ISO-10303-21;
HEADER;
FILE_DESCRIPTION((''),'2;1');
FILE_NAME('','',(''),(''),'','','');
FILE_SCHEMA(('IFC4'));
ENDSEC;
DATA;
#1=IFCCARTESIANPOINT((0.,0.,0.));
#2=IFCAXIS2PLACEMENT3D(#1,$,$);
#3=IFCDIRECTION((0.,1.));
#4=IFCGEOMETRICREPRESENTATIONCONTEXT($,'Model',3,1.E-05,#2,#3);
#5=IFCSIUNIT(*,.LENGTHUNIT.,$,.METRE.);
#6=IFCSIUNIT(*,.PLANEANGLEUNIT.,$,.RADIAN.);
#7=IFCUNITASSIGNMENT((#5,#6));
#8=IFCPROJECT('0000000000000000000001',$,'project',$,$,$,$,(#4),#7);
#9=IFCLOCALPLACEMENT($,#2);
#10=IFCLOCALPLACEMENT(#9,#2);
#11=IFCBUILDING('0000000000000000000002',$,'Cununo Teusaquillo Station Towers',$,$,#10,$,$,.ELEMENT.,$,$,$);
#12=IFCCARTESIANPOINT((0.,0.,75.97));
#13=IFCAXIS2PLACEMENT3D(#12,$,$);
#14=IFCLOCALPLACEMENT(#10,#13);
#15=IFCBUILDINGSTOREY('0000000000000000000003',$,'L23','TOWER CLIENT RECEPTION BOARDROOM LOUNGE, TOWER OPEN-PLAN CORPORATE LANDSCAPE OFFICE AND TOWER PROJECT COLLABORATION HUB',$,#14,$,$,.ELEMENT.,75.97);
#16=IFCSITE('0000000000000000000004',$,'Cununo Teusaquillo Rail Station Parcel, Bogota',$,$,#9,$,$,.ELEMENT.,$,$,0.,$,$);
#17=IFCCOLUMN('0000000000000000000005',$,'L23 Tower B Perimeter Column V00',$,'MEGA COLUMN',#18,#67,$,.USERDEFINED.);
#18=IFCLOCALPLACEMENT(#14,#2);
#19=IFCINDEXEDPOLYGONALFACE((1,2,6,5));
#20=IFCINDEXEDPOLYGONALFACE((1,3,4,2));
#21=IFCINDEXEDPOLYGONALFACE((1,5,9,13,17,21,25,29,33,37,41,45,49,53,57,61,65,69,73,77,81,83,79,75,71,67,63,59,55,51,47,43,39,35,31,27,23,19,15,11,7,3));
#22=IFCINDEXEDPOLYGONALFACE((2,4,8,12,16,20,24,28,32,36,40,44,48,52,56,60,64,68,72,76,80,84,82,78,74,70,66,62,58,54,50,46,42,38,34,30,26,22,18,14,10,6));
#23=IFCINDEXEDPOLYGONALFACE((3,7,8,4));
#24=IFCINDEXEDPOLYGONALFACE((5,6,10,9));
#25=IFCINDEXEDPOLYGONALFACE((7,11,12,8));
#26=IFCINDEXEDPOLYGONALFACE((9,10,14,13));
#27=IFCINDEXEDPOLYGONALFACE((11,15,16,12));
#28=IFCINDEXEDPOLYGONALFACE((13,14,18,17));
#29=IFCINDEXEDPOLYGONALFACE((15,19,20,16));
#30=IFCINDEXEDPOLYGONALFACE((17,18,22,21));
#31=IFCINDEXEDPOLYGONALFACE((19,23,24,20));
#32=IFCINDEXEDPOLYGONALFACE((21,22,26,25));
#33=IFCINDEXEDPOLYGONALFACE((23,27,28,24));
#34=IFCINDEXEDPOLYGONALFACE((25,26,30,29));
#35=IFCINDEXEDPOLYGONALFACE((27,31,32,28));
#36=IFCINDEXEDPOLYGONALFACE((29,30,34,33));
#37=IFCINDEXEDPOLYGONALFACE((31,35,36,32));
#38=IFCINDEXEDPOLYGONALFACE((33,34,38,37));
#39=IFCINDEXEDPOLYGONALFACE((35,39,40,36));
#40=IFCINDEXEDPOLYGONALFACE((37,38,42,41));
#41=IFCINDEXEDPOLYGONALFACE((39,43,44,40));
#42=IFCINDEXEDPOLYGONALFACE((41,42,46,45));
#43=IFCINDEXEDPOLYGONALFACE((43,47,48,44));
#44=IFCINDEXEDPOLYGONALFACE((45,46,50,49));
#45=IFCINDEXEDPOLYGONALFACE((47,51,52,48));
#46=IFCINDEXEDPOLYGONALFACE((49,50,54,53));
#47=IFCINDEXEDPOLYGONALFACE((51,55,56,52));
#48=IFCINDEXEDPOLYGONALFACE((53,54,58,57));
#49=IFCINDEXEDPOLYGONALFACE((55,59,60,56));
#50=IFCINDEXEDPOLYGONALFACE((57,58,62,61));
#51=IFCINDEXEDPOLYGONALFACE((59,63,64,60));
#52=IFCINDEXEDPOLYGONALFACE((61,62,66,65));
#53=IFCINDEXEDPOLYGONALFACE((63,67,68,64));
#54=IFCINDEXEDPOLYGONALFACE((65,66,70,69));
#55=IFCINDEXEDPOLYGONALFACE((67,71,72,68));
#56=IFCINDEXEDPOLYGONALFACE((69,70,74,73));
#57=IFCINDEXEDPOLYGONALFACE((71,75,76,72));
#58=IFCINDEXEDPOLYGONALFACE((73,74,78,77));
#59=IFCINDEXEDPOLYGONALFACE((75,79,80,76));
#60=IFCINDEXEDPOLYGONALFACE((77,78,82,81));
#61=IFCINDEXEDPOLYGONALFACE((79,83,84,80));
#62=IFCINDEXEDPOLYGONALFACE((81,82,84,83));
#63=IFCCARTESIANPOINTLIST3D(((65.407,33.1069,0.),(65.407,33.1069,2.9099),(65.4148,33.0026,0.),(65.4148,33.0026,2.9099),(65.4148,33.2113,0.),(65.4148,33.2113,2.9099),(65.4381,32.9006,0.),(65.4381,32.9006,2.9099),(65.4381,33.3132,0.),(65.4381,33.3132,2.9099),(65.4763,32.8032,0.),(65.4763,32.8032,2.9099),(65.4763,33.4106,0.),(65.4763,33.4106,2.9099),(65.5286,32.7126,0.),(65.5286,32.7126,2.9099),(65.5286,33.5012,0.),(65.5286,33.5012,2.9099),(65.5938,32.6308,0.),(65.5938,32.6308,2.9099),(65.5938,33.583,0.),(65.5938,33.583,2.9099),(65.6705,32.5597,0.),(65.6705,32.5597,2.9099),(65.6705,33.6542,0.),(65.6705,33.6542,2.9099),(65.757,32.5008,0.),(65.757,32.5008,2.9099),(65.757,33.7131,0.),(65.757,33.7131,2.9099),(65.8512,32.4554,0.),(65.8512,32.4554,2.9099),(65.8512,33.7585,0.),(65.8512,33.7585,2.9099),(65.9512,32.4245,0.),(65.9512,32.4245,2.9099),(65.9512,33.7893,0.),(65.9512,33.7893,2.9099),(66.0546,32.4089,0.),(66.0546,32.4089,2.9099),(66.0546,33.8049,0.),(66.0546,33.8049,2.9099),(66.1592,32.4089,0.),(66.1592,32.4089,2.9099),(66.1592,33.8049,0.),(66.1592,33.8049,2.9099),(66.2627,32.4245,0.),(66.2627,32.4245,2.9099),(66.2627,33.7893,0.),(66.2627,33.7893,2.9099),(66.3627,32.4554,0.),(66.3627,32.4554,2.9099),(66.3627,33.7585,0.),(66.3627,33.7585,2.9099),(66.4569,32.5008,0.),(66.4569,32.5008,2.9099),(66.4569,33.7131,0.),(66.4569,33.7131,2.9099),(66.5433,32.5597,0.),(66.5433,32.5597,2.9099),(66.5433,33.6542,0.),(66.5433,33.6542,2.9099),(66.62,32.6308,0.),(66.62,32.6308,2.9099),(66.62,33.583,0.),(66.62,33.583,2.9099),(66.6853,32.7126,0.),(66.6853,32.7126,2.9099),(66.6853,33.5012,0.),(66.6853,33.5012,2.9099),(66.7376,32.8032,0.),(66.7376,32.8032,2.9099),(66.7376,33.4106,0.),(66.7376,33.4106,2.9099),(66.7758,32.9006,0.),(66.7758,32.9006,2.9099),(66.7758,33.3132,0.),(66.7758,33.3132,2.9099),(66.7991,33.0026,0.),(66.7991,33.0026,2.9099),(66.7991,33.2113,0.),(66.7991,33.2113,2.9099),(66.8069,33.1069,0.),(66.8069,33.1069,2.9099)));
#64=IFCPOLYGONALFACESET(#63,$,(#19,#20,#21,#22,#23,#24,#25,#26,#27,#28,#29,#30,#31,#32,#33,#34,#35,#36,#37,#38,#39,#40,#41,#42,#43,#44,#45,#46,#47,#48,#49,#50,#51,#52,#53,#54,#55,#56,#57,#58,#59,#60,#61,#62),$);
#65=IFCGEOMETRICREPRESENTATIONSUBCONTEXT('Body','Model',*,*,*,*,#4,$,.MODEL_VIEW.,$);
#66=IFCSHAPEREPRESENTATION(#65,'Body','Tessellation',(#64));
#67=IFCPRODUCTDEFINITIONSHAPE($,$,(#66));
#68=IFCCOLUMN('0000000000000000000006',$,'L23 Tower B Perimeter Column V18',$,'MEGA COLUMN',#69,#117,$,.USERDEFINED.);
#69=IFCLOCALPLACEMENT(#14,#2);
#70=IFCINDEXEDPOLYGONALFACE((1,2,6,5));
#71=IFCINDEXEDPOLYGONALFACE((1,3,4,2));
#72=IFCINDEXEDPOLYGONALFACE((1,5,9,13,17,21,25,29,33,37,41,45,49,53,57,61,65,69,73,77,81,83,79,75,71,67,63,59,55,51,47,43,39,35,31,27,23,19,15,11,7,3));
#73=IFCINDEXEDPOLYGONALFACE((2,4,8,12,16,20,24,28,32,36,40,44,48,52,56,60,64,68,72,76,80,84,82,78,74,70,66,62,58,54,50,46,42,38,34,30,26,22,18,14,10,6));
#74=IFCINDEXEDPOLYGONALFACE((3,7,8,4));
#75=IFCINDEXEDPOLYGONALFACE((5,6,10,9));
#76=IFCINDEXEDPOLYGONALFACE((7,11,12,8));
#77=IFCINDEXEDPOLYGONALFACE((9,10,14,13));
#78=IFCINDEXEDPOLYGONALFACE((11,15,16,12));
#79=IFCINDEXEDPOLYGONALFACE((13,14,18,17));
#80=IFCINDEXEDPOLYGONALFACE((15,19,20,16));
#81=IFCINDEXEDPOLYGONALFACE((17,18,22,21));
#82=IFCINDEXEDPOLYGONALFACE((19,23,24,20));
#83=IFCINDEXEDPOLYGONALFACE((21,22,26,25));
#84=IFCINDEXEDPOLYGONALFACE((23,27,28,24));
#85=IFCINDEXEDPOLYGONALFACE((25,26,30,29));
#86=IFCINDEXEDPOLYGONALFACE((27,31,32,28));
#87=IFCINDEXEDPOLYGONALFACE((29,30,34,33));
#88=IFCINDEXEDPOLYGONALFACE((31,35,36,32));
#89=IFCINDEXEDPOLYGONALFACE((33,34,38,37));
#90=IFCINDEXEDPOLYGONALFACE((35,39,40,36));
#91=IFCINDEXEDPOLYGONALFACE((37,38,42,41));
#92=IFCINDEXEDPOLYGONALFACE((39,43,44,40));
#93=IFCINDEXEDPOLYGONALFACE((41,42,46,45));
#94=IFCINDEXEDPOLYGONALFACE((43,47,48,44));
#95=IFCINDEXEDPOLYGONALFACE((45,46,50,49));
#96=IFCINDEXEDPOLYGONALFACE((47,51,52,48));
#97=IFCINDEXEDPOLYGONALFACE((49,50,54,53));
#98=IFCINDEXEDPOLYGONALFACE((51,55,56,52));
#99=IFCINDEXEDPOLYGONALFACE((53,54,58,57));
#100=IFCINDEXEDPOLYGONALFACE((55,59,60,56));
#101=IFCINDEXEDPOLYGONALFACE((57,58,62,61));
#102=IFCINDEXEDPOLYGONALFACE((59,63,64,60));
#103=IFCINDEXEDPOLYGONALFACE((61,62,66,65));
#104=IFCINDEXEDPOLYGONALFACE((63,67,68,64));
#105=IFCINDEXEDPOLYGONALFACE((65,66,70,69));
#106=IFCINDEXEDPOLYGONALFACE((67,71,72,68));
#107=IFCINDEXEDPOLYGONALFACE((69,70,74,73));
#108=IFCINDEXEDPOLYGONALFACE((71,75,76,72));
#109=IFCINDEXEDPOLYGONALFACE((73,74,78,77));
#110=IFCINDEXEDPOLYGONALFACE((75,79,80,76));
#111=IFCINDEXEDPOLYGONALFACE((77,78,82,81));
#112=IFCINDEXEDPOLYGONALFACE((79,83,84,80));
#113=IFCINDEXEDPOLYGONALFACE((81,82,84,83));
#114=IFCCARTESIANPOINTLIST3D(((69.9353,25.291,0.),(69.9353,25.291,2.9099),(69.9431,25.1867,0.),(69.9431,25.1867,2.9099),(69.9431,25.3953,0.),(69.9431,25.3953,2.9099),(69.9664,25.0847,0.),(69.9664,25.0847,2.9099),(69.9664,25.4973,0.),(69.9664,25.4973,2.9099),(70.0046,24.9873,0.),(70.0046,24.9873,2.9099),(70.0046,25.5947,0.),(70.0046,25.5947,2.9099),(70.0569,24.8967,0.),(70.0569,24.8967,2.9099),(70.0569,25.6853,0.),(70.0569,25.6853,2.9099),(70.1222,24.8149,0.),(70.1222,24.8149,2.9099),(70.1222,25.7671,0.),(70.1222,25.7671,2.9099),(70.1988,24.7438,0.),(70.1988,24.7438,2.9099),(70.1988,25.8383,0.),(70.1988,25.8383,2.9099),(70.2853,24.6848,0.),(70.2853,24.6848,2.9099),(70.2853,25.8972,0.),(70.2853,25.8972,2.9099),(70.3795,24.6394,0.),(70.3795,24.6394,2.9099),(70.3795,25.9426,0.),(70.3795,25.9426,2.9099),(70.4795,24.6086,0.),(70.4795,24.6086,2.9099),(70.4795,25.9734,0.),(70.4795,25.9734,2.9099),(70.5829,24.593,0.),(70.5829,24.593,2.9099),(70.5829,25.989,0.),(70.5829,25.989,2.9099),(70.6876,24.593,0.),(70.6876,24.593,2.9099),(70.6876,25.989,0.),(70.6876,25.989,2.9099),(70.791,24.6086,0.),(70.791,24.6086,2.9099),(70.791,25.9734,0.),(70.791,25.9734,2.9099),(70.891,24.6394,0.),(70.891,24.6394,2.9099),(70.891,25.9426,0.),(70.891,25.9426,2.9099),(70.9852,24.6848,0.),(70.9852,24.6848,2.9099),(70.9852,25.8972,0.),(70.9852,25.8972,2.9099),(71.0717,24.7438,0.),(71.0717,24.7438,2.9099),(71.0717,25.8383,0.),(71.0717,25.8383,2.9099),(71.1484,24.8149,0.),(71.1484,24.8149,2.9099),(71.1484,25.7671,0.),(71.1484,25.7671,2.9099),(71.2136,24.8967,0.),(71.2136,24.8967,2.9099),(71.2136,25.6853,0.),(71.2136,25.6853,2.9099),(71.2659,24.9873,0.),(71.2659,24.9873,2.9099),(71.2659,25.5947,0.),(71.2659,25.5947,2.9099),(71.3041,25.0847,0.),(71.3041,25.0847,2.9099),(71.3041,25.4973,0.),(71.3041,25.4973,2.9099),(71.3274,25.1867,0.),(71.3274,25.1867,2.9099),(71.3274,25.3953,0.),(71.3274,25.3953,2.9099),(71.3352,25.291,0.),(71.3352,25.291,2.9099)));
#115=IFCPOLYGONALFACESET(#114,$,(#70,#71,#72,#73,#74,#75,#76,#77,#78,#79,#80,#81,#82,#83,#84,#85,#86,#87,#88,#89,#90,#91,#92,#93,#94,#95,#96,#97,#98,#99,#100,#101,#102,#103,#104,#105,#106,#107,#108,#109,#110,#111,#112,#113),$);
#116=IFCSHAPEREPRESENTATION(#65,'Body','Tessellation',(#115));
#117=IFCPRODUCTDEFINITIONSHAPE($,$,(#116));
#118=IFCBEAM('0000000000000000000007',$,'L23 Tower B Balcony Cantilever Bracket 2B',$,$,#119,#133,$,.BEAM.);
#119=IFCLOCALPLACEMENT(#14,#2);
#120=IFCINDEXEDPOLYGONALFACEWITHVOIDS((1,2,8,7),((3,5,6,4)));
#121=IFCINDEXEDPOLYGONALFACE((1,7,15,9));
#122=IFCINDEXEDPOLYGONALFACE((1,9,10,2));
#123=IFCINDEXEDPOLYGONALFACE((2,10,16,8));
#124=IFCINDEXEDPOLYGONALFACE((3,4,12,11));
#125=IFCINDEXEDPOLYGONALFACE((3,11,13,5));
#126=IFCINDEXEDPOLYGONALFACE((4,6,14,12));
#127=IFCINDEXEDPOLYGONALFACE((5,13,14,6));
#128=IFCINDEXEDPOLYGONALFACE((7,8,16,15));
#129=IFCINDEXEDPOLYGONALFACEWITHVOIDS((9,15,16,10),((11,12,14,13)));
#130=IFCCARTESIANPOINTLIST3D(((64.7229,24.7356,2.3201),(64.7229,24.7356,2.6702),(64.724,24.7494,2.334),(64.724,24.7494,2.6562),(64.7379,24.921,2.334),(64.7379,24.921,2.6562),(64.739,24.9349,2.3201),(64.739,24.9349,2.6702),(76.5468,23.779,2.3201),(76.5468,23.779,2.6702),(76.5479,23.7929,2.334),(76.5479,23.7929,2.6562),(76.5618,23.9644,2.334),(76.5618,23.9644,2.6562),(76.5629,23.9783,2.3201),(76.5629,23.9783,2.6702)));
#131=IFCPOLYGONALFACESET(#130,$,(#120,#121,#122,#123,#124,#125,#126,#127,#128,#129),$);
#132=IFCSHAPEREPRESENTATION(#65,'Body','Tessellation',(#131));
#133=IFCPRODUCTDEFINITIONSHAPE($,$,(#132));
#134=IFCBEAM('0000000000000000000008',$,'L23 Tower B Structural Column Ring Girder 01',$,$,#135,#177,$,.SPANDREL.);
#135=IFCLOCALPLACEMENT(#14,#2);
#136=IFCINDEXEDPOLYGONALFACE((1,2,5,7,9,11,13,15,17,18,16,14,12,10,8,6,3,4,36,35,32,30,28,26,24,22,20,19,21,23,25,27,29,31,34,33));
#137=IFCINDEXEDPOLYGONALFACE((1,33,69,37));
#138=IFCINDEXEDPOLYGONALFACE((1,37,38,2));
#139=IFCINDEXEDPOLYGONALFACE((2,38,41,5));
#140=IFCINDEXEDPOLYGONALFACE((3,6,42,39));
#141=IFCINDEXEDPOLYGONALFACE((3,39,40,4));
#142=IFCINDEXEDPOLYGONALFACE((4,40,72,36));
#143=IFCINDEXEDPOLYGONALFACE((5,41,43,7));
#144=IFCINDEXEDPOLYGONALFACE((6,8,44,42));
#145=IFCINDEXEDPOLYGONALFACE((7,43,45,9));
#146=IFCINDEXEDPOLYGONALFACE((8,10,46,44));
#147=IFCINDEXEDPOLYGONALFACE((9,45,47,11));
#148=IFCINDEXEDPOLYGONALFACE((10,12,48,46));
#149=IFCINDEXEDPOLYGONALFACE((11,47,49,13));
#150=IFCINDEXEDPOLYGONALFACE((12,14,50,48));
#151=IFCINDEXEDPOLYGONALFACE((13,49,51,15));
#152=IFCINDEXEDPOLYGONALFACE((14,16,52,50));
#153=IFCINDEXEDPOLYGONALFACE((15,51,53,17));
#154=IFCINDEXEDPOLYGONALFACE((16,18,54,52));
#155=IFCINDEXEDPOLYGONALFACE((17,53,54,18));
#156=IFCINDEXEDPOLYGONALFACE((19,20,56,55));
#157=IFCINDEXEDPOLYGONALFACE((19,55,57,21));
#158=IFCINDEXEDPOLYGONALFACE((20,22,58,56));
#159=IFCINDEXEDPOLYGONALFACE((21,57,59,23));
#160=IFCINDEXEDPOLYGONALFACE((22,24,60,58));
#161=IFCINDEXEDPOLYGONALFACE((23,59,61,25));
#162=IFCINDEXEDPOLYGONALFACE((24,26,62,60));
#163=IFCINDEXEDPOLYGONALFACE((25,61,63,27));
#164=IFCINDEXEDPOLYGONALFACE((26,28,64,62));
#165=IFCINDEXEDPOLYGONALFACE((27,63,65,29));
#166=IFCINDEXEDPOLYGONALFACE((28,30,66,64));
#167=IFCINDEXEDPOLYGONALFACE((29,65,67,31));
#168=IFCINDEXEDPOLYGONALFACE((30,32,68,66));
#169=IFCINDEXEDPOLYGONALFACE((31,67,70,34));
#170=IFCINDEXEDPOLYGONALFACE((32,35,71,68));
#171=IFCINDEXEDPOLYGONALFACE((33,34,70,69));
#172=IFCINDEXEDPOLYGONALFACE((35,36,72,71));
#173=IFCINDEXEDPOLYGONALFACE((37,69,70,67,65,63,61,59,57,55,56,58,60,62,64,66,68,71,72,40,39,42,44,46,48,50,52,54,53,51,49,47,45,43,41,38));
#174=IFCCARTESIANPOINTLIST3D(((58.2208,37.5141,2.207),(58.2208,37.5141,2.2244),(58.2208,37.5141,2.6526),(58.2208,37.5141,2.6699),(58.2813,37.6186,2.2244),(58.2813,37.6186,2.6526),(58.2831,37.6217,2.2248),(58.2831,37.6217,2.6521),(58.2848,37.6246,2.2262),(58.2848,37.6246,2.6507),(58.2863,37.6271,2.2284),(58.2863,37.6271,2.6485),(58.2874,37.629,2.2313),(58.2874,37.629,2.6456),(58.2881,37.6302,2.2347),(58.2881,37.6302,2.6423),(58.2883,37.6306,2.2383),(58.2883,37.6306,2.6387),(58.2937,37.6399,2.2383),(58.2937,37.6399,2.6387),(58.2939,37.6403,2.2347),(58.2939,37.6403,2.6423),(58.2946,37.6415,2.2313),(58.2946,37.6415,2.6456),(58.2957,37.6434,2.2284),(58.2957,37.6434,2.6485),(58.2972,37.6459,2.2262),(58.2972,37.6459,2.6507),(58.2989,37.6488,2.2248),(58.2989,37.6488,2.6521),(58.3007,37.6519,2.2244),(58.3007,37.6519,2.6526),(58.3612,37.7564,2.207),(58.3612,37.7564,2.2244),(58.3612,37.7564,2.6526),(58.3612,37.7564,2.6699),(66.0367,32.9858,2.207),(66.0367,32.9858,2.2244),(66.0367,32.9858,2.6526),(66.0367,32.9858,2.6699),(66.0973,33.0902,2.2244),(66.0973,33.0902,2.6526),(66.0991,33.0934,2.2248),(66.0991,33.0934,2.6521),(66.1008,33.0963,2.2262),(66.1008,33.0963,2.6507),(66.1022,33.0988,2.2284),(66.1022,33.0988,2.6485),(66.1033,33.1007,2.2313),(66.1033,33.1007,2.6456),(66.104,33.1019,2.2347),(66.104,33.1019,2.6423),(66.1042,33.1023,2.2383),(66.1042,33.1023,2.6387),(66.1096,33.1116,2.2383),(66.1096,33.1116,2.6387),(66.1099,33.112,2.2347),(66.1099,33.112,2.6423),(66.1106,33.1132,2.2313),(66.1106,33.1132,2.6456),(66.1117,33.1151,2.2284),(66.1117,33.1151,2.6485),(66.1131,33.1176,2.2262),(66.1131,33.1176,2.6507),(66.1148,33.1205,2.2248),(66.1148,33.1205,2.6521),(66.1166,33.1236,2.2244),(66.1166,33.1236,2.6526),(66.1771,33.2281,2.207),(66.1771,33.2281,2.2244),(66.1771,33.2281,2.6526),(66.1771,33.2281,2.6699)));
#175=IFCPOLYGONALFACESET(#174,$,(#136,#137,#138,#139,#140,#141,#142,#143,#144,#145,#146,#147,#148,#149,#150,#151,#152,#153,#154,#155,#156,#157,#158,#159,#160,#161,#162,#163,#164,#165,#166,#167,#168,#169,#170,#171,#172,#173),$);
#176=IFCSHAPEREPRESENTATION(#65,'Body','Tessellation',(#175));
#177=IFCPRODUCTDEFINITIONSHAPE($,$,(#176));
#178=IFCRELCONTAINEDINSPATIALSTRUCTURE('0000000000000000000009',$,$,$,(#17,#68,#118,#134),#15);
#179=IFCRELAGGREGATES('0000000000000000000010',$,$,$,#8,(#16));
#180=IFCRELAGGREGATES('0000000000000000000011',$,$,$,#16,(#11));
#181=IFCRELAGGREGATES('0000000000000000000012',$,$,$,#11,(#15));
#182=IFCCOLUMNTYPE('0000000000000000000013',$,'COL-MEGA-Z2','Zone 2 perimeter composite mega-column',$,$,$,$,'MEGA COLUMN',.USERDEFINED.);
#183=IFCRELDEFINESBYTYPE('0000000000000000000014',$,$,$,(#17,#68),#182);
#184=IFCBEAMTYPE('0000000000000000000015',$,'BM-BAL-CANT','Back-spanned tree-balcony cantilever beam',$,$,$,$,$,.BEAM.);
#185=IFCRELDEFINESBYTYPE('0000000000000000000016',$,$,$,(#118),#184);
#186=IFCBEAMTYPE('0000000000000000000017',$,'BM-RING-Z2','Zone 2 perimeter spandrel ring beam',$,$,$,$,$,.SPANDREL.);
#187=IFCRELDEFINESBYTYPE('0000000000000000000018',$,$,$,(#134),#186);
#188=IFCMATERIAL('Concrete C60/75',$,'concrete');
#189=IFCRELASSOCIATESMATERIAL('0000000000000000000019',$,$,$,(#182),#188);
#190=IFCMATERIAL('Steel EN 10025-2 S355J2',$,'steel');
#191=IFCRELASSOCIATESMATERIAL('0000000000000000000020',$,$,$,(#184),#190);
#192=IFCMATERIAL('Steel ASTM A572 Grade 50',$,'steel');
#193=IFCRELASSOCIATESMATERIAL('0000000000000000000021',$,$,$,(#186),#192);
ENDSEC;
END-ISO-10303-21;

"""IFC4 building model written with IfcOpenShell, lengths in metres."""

from ifc_helpers import new_model, si_unit, direction, frame, origin, origin_2d, place, context, subcontext, project, spatial, hollow_rectangle, circle, i_section, extrude, material, material_profile, profile_set, type_object, element, save


model = new_model("IFC4")

# Units and contexts
model_context = context("Model", 3, precision=1e-05, world=origin(), true_north=direction((0.0, 1.0)))
body_context = subcontext(model_context, "Body", "Model", "MODEL_VIEW")
ifc_project = project(units=[si_unit("LENGTHUNIT", "METRE"), si_unit("PLANEANGLEUNIT", "RADIAN")], contexts=[model_context])

# Site, building, storey
site_placement = place(None, origin())
site = spatial("IfcSite", under=ifc_project, at=site_placement, Name="Cununo Teusaquillo Rail Station Parcel, Bogota", CompositionType="ELEMENT", RefElevation=0.0)
building_placement = place(site_placement, origin())
building = spatial("IfcBuilding", under=site, at=building_placement, Name="Cununo Teusaquillo Station Towers", CompositionType="ELEMENT")
storey_placement = place(building_placement, frame((0.0, 0.0, 75.97)))
storey = spatial("IfcBuildingStorey", under=building, at=storey_placement, Name="L23", Description="TOWER CLIENT RECEPTION BOARDROOM LOUNGE, TOWER OPEN-PLAN CORPORATE LANDSCAPE OFFICE AND TOWER PROJECT COLLABORATION HUB", CompositionType="ELEMENT", Elevation=75.97)

# Columns
ifc_material_1 = material(Name="Concrete C60/75", Category="concrete")
ifc_material_profile_1 = material_profile(ifc_material_1, circle(Radius=0.7, at=origin_2d()), Name="RC-CIRC-1400")
ifc_profile_set_1 = profile_set([ifc_material_profile_1], Name="Concrete C60/75")
column_type = type_object("IfcColumnType", Name="COL-MEGA-Z2", Description="Zone 2 perimeter composite mega-column", ElementType="MEGA COLUMN", PredefinedType="USERDEFINED", material=ifc_profile_set_1)
for number, where, z_axis, x_axis, name in (
    (1, (66.1069, 33.1069, 0.0), (0.0, 0.0, 1.0), (1.0, 0.0, 0.0), "L23 Tower B Perimeter Column V00"),
    (2, (70.6353, 25.291, 0.0), (0.0, 0.0, 1.0), (1.0, 0.0, 0.0), "L23 Tower B Perimeter Column V18"),
):
    element("IfcColumn", number, at=place(storey_placement, frame(where, z_axis=z_axis, x_axis=x_axis)), inside=storey, type_object=column_type, Name=name, ObjectType="MEGA COLUMN", PredefinedType="USERDEFINED", context=body_context, shape_type="SweptSolid", body=[
        extrude(circle(Radius=0.7, at=origin_2d()), origin(), (0.0, 0.0, 1.0), 2.9099),
    ])

# Beams
ifc_material_2 = material(Name="Steel EN 10025-2 S355J2", Category="steel")
ifc_material_profile_2 = material_profile(ifc_material_2, hollow_rectangle(XDim=0.2, YDim=0.3501, WallThickness=0.0139, at=origin_2d()), Name="RHS 350x200x14")
ifc_profile_set_2 = profile_set([ifc_material_profile_2], Name="Steel EN 10025-2 S355J2")
beam_type_1 = type_object("IfcBeamType", Name="BM-BAL-CANT", Description="Back-spanned tree-balcony cantilever beam", PredefinedType="BEAM", material=ifc_profile_set_2)
beam_1_placement = place(storey_placement, frame((64.731, 24.8352, 2.4951), z_axis=(0.996744, -0.080635, 0.0), x_axis=(0.080635, 0.996744, 0.0)))
element("IfcBeam", 3, at=beam_1_placement, inside=storey, type_object=beam_type_1, Name="L23 Tower B Balcony Cantilever Bracket 2B", PredefinedType="BEAM", context=body_context, shape_type="SweptSolid", body=[
    extrude(hollow_rectangle(XDim=0.2, YDim=0.3501, WallThickness=0.0139, at=origin_2d()), origin(), (0.0, 0.0, 1.0), 11.8625),
])
ifc_material_3 = material(Name="Steel ASTM A572 Grade 50", Category="steel")
ifc_material_profile_3 = material_profile(ifc_material_3, i_section(OverallWidth=0.28, OverallDepth=0.4629, WebThickness=0.0107, FlangeThickness=0.0173, FilletRadius=0.0139, at=origin_2d()), Name="W18X76")
ifc_profile_set_3 = profile_set([ifc_material_profile_3], Name="Steel ASTM A572 Grade 50")
beam_type_2 = type_object("IfcBeamType", Name="BM-RING-Z2", Description="Zone 2 perimeter spandrel ring beam", PredefinedType="SPANDREL", material=ifc_profile_set_3)
for number, where, z_axis, x_axis, name in (
    (4, (66.1069, 33.1069, 2.4385), (-0.865267, 0.501311, 0.0), (-0.501311, -0.865267, 0.0), "L23 Tower B Structural Column Ring Girder 01"),
):
    element("IfcBeam", number, at=place(storey_placement, frame(where, z_axis=z_axis, x_axis=x_axis)), inside=storey, type_object=beam_type_2, Name=name, PredefinedType="SPANDREL", context=body_context, shape_type="SweptSolid", body=[
        extrude(i_section(OverallWidth=0.28, OverallDepth=0.4629, WebThickness=0.0107, FlangeThickness=0.0173, FilletRadius=0.0139, at=origin_2d()), origin(), (0.0, 0.0, 1.0), 9.033),
    ])

save(model, "model.ifc")
